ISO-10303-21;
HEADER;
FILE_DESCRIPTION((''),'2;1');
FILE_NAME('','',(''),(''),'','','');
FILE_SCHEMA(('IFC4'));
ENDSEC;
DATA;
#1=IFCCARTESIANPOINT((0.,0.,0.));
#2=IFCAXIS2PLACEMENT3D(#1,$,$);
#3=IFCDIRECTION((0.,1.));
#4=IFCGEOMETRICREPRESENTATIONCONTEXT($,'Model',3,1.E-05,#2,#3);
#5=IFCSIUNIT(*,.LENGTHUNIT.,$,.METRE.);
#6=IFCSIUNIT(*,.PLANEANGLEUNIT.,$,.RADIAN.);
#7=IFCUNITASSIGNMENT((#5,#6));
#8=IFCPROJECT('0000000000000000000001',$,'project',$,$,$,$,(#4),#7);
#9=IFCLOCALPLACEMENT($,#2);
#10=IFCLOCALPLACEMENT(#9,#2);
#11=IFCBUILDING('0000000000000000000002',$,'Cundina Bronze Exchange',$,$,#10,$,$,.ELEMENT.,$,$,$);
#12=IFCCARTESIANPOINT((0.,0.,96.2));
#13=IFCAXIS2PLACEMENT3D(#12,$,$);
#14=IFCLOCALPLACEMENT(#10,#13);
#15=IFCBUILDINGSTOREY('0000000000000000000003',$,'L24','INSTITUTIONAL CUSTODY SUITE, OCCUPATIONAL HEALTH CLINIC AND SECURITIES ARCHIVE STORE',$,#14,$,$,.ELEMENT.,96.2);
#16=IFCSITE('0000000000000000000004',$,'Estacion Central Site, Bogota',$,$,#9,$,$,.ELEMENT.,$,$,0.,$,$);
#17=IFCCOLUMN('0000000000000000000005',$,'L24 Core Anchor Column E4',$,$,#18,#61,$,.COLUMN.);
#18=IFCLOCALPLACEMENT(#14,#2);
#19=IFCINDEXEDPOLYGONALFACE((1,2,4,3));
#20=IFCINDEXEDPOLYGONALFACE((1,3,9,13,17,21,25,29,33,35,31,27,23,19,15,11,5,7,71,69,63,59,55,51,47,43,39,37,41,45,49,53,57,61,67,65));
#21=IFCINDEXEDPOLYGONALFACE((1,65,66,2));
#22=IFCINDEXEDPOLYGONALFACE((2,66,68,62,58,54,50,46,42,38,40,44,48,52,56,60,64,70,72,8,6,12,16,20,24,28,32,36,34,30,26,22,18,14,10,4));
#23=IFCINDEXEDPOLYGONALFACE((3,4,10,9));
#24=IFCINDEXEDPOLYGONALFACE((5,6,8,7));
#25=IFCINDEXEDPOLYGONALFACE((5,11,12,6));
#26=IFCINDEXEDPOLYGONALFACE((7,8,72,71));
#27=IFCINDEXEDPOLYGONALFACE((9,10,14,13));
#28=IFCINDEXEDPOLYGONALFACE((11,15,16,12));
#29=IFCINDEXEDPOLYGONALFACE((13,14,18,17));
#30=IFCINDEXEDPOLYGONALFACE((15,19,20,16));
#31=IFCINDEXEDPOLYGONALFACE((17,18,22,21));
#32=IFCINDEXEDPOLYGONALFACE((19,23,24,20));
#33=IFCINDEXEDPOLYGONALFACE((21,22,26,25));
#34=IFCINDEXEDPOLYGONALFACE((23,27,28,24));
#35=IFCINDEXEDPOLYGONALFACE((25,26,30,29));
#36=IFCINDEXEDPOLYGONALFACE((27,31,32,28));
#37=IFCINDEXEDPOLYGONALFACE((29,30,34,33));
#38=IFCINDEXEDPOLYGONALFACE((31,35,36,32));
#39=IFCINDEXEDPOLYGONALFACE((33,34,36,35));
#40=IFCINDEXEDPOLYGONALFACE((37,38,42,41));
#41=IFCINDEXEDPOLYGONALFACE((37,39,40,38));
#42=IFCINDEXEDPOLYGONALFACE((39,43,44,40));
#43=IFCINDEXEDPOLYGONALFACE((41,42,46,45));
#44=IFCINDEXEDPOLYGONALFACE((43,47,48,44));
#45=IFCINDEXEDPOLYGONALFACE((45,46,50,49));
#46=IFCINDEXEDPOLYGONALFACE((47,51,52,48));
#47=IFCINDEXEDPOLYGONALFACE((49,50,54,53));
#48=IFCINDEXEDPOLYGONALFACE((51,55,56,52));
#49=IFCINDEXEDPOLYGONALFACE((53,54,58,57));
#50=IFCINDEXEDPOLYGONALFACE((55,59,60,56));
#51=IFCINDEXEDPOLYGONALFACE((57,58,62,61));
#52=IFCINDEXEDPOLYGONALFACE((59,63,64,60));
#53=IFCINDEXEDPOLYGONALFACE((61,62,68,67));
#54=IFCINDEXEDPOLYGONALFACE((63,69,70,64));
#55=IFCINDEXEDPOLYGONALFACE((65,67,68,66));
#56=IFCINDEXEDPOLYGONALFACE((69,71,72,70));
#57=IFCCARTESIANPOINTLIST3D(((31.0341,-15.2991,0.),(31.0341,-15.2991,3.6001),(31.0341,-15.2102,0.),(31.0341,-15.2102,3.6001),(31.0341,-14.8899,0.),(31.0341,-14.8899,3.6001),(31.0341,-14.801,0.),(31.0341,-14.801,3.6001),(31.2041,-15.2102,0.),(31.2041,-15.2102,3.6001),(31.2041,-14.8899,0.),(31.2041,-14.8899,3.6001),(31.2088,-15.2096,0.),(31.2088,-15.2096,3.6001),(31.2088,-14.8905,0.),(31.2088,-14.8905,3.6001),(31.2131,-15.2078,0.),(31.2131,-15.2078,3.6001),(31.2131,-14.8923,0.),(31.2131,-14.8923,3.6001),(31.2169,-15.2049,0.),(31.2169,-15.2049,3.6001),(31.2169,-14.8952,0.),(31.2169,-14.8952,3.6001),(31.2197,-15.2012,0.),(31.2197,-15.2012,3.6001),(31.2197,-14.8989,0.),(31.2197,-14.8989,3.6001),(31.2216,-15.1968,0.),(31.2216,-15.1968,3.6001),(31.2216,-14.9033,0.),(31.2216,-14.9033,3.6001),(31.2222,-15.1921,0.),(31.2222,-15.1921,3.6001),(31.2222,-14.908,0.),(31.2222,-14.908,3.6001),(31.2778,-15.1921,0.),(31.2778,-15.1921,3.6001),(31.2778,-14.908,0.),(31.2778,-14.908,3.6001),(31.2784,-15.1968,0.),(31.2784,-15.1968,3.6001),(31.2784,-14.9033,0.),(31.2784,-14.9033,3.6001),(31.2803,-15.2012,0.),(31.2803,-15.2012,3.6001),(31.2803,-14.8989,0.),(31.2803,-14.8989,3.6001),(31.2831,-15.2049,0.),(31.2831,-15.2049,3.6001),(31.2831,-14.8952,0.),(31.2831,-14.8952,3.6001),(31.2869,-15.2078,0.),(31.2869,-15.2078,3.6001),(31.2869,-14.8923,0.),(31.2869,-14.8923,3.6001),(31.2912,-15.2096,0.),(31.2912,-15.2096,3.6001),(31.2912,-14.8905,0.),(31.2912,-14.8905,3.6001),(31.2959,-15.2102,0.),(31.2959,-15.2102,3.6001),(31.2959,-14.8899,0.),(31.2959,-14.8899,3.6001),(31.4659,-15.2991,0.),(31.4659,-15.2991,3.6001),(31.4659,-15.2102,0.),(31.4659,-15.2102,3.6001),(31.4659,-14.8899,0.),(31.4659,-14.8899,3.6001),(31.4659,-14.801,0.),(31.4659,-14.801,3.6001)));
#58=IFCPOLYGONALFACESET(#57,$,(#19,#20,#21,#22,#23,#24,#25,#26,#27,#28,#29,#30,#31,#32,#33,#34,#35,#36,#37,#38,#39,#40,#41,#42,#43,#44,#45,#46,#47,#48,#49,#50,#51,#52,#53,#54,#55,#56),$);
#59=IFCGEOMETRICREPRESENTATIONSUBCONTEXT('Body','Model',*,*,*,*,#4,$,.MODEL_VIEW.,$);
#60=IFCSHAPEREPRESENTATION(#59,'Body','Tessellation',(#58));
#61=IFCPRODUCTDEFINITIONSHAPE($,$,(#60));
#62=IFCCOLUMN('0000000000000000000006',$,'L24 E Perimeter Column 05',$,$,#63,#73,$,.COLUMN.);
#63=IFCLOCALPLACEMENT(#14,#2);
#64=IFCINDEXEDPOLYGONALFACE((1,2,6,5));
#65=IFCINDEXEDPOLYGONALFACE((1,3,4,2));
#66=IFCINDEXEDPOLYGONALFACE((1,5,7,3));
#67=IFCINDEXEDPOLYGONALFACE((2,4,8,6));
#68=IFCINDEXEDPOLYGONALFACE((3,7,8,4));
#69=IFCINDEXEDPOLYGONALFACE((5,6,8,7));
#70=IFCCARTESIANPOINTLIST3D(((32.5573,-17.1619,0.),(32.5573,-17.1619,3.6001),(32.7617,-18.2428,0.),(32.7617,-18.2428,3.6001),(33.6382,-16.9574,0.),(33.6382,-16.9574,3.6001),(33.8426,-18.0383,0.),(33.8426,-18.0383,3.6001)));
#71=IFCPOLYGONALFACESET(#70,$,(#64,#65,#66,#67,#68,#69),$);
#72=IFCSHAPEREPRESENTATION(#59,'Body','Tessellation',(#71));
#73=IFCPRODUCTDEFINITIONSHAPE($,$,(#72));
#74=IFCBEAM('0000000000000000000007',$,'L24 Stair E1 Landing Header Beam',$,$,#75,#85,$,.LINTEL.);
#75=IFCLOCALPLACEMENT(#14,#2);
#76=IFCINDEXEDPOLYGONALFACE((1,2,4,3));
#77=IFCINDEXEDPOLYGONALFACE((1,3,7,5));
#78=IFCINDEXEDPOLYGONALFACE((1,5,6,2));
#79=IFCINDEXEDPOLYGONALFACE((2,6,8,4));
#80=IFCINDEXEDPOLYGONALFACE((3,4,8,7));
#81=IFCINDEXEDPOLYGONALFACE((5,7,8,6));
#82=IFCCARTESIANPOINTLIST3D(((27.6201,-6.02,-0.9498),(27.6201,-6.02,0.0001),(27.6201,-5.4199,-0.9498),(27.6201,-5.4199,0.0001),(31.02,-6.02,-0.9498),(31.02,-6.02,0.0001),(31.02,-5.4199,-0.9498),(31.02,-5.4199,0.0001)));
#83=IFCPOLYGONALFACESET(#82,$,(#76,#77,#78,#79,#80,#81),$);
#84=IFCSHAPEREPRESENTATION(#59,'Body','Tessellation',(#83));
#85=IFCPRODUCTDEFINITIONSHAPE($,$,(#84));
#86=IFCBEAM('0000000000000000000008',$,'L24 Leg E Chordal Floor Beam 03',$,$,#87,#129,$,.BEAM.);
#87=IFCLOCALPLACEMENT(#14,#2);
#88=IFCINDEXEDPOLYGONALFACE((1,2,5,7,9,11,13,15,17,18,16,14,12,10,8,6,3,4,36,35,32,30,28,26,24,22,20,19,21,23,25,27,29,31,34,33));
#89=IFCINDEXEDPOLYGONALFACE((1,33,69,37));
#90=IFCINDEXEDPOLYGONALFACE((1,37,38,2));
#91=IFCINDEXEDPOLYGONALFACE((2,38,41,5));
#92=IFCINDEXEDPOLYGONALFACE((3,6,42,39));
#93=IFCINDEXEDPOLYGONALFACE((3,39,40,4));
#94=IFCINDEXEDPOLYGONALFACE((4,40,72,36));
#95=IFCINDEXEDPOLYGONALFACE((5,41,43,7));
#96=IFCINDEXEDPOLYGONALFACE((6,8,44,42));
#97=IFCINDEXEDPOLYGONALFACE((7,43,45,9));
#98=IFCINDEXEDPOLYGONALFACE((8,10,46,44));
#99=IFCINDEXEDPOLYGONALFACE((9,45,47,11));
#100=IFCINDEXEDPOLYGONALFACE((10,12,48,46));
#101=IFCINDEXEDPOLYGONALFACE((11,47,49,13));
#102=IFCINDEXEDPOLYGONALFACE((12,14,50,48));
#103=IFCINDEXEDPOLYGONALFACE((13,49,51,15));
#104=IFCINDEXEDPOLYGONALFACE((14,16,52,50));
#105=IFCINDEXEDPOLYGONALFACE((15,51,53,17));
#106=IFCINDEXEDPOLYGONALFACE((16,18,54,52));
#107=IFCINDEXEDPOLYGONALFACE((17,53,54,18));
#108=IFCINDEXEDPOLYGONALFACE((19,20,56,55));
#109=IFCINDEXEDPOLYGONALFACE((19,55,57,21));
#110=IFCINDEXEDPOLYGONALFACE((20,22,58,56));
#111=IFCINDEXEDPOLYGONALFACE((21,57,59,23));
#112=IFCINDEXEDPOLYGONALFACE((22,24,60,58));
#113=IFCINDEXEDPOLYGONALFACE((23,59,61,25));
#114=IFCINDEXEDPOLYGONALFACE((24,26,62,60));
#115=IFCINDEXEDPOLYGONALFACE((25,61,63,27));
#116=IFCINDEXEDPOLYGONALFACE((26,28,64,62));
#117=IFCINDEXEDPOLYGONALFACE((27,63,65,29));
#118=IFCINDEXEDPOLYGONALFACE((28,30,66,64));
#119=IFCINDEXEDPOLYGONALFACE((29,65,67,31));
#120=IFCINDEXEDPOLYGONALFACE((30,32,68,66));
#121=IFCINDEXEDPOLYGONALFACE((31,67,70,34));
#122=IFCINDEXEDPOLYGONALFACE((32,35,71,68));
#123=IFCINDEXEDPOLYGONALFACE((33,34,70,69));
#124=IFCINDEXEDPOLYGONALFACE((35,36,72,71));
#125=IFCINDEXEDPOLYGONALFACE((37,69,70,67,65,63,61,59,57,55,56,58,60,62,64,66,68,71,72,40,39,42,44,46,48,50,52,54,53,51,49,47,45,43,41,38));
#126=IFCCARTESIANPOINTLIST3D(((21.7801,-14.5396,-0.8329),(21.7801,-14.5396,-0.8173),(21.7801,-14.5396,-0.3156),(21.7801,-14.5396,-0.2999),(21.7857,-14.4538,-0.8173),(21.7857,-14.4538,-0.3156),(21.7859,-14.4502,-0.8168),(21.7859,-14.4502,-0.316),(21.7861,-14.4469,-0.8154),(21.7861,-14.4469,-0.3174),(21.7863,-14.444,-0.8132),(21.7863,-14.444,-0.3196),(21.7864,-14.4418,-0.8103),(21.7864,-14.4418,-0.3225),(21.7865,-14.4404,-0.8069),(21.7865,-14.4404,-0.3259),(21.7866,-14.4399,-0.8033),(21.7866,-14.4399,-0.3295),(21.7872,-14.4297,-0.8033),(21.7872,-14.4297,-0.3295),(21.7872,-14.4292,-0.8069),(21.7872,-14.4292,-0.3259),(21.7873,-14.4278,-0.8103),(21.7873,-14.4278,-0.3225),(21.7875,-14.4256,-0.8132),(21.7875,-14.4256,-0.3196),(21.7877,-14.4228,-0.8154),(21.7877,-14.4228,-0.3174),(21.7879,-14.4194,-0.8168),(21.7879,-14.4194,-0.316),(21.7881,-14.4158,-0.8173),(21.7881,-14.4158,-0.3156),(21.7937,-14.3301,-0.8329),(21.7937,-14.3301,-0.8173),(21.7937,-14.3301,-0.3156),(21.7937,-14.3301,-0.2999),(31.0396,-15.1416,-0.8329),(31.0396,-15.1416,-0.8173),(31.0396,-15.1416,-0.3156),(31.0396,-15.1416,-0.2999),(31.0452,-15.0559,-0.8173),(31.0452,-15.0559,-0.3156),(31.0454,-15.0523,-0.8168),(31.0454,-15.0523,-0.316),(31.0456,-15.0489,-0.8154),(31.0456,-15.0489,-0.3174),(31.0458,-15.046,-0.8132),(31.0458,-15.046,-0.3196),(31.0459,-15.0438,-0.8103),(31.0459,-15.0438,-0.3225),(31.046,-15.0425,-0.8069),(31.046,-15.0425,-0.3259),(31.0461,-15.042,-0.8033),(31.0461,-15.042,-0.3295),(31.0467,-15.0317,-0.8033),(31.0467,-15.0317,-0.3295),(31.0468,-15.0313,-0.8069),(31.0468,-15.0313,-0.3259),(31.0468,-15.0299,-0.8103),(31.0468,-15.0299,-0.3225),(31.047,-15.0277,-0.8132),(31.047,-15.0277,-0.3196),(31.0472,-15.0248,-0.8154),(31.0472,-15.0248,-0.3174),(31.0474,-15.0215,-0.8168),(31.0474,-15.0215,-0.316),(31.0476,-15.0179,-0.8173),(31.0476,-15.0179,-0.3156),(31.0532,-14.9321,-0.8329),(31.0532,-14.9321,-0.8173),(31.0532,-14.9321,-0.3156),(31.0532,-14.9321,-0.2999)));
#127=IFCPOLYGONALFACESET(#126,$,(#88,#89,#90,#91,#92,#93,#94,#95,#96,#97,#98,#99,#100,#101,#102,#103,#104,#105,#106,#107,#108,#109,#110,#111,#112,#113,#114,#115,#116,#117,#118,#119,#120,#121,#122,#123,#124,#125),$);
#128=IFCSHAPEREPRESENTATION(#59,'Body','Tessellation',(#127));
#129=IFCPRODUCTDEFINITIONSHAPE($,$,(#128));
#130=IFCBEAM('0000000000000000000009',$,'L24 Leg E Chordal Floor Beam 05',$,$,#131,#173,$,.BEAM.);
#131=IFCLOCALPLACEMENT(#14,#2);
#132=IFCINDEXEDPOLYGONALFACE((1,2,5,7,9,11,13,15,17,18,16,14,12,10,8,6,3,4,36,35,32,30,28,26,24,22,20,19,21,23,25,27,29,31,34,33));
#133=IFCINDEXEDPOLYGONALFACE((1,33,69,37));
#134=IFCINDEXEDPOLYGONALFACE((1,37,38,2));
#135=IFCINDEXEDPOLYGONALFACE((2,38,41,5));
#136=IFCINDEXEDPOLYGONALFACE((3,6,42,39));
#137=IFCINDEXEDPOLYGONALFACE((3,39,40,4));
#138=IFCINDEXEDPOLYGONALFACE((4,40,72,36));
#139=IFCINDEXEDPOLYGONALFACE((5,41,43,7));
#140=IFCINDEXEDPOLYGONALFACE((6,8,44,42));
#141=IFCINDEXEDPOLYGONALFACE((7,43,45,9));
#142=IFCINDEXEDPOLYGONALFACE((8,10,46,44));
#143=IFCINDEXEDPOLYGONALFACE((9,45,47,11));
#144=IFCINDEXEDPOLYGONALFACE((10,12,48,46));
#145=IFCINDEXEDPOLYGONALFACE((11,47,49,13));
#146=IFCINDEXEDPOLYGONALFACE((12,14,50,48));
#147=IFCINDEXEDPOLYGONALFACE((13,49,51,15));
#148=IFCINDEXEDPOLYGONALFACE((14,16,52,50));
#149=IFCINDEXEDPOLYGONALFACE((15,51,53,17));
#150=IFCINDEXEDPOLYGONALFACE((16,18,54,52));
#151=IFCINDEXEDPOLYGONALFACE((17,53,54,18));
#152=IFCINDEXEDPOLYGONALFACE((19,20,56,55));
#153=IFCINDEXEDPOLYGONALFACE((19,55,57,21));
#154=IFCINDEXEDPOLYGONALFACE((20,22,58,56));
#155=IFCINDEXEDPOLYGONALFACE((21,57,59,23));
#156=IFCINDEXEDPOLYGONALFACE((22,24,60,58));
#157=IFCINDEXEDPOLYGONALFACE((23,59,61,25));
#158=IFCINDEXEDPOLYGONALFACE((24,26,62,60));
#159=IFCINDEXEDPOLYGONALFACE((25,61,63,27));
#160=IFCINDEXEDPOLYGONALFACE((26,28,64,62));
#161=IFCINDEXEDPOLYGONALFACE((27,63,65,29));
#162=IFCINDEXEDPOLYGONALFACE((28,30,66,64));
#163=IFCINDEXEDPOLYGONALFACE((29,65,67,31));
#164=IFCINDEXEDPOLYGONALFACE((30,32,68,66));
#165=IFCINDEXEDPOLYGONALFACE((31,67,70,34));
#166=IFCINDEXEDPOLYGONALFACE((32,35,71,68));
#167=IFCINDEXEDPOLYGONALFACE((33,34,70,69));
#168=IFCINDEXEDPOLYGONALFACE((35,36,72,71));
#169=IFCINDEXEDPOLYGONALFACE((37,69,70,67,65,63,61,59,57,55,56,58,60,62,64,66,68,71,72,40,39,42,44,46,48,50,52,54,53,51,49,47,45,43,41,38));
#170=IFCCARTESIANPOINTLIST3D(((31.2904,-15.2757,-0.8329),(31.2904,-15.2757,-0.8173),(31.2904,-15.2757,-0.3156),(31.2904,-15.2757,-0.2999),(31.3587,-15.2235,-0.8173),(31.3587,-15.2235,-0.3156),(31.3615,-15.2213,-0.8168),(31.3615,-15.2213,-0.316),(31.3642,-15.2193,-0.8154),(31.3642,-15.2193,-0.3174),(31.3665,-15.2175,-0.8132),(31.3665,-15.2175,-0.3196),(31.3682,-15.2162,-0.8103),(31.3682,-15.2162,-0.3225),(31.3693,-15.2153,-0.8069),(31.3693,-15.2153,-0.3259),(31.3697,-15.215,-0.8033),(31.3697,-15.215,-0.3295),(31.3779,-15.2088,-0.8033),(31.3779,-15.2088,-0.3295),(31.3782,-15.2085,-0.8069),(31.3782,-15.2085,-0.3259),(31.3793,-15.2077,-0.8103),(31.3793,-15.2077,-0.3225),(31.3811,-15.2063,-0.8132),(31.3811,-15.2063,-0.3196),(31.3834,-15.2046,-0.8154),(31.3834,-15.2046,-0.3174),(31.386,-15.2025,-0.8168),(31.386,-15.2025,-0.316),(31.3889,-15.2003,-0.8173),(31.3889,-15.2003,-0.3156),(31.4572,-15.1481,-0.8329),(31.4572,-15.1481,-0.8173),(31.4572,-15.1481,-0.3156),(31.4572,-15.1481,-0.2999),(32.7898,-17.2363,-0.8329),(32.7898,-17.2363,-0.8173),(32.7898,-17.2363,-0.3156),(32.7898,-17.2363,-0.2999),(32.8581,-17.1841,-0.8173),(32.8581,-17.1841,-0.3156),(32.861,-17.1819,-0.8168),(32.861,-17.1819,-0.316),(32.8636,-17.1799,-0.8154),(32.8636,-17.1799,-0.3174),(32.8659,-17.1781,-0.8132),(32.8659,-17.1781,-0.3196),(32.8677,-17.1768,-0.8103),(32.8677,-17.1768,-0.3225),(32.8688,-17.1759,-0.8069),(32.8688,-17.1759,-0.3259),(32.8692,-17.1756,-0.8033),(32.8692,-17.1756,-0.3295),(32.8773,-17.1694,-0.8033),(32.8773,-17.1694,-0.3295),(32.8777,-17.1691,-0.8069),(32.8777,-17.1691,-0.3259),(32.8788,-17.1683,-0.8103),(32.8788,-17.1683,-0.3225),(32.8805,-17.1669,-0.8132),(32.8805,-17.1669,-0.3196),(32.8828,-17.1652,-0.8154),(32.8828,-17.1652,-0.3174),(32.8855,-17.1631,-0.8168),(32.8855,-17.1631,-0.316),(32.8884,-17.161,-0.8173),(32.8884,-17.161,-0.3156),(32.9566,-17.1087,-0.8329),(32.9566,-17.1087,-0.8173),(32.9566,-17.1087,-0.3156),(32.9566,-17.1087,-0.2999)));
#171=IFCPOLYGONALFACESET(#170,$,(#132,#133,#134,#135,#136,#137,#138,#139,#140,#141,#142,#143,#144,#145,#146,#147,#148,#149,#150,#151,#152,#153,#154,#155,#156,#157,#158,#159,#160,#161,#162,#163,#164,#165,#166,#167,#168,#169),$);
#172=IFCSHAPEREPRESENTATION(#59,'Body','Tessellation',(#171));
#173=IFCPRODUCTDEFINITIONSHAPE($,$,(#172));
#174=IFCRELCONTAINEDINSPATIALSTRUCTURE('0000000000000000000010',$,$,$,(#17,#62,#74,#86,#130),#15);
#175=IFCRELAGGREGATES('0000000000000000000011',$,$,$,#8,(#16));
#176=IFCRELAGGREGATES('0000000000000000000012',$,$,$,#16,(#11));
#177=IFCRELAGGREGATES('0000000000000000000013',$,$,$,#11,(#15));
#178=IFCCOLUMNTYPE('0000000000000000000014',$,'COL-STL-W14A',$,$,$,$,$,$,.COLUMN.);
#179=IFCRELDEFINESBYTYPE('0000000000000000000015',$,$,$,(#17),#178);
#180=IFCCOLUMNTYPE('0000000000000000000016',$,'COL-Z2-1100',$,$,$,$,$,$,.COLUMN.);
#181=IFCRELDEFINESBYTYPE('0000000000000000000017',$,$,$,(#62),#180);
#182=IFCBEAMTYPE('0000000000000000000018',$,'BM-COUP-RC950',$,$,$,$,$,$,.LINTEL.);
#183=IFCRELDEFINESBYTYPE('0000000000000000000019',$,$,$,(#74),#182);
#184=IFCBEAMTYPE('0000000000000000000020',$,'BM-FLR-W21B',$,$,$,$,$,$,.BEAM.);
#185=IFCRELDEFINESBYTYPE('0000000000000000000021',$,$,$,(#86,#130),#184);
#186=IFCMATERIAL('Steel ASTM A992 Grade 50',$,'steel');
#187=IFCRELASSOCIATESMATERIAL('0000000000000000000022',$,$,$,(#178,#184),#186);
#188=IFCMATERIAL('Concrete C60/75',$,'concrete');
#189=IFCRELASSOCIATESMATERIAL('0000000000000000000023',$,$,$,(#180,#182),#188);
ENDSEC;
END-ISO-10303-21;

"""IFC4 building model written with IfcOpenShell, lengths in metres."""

from ifc_helpers import new_model, si_unit, direction, frame, origin, origin_2d, place, context, subcontext, project, spatial, rectangle, i_section, extrude, material, material_profile, profile_set, type_object, element, save


model = new_model("IFC4")

# Units and contexts
model_context = context("Model", 3, precision=1e-05, world=origin(), true_north=direction((0.0, 1.0)))
body_context = subcontext(model_context, "Body", "Model", "MODEL_VIEW")
ifc_project = project(units=[si_unit("LENGTHUNIT", "METRE"), si_unit("PLANEANGLEUNIT", "RADIAN")], contexts=[model_context])

# Site, building, storey
site_placement = place(None, origin())
site = spatial("IfcSite", under=ifc_project, at=site_placement, Name="Estacion Central Site, Bogota", CompositionType="ELEMENT", RefElevation=0.0)
building_placement = place(site_placement, origin())
building = spatial("IfcBuilding", under=site, at=building_placement, Name="Cundina Bronze Exchange", CompositionType="ELEMENT")
storey_placement = place(building_placement, frame((0.0, 0.0, 96.2)))
storey = spatial("IfcBuildingStorey", under=building, at=storey_placement, Name="L24", Description="INSTITUTIONAL CUSTODY SUITE, OCCUPATIONAL HEALTH CLINIC AND SECURITIES ARCHIVE STORE", CompositionType="ELEMENT", Elevation=96.2)

# Columns
ifc_material_1 = material(Name="Steel ASTM A992 Grade 50", Category="steel")
ifc_material_profile_1 = material_profile(ifc_material_1, i_section(OverallWidth=0.4319, OverallDepth=0.498, WebThickness=0.0557, FlangeThickness=0.0889, FilletRadius=0.0181, at=origin_2d()), Name="W14X500", Category="steel")
ifc_profile_set_1 = profile_set([ifc_material_profile_1], Name="Steel ASTM A992 Grade 50")
column_type_1 = type_object("IfcColumnType", Name="COL-STL-W14A", PredefinedType="COLUMN", material=ifc_profile_set_1)
column_1_placement = place(storey_placement, frame((31.25, -15.05, 0.0), z_axis=(0.0, 0.0, 1.0), x_axis=(1.0, 0.0, 0.0)))
element("IfcColumn", 1, at=column_1_placement, inside=storey, type_object=column_type_1, Name="L24 Core Anchor Column E4", PredefinedType="COLUMN", context=body_context, shape_type="SweptSolid", body=[
    extrude(i_section(OverallWidth=0.4319, OverallDepth=0.498, WebThickness=0.0557, FlangeThickness=0.0889, FilletRadius=0.0181, at=origin_2d()), origin(), (0.0, 0.0, 1.0), 3.6001),
])
ifc_material_2 = material(Name="Concrete C60/75", Category="concrete")
ifc_material_profile_2 = material_profile(ifc_material_2, rectangle(XDim=1.1001, YDim=1.1001, at=origin_2d()), Name="RC1100X1100", Category="concrete")
ifc_profile_set_2 = profile_set([ifc_material_profile_2], Name="Concrete C60/75")
column_type_2 = type_object("IfcColumnType", Name="COL-Z2-1100", PredefinedType="COLUMN", material=ifc_profile_set_2)
column_2_placement = place(storey_placement, frame((33.2, -17.6001, 0.0), z_axis=(0.0, 0.0, 1.0), x_axis=(0.98258, 0.185838, 0.0)))
element("IfcColumn", 2, at=column_2_placement, inside=storey, type_object=column_type_2, Name="L24 E Perimeter Column 05", PredefinedType="COLUMN", context=body_context, shape_type="SweptSolid", body=[
    extrude(rectangle(XDim=1.1001, YDim=1.1001, at=origin_2d()), origin(), (0.0, 0.0, 1.0), 3.6001),
])

# Beams
ifc_material_profile_3 = material_profile(ifc_material_2, rectangle(XDim=0.6001, YDim=0.95, at=origin_2d()), Name="RC600X950", Category="concrete")
ifc_profile_set_3 = profile_set([ifc_material_profile_3], Name="Concrete C60/75")
beam_type_1 = type_object("IfcBeamType", Name="BM-COUP-RC950", PredefinedType="LINTEL", material=ifc_profile_set_3)
beam_1_placement = place(storey_placement, frame((27.6201, -5.72, -0.4749), z_axis=(1.0, 0.0, 0.0), x_axis=(0.0, 1.0, 0.0)))
element("IfcBeam", 3, at=beam_1_placement, inside=storey, type_object=beam_type_1, Name="L24 Stair E1 Landing Header Beam", PredefinedType="LINTEL", context=body_context, shape_type="SweptSolid", body=[
    extrude(rectangle(XDim=0.6001, YDim=0.95, at=origin_2d()), origin(), (0.0, 0.0, 1.0), 3.3999),
])
ifc_material_profile_4 = material_profile(ifc_material_1, i_section(OverallWidth=0.21, OverallDepth=0.533, WebThickness=0.0103, FlangeThickness=0.0156, FilletRadius=0.0139, at=origin_2d()), Name="W21X62", Category="steel")
ifc_profile_set_4 = profile_set([ifc_material_profile_4], Name="Steel ASTM A992 Grade 50")
beam_type_2 = type_object("IfcBeamType", Name="BM-FLR-W21B", PredefinedType="BEAM", material=ifc_profile_set_4)
beam_2_placement = place(storey_placement, frame((31.0464, -15.0369, -0.5664), z_axis=(-0.997893, 0.064883, 0.0), x_axis=(-0.064883, -0.997893, 0.0)))
element("IfcBeam", 4, at=beam_2_placement, inside=storey, type_object=beam_type_2, Name="L24 Leg E Chordal Floor Beam 03", PredefinedType="BEAM", context=body_context, shape_type="SweptSolid", body=[
    extrude(i_section(OverallWidth=0.21, OverallDepth=0.533, WebThickness=0.0103, FlangeThickness=0.0156, FilletRadius=0.0139, at=origin_2d()), origin(), (0.0, 0.0, 1.0), 9.2791),
])
beam_3_placement = place(storey_placement, frame((31.3738, -15.2119, -0.5664), z_axis=(0.60749, -0.794327, 0.0), x_axis=(0.794327, 0.60749, 0.0)))
element("IfcBeam", 5, at=beam_3_placement, inside=storey, type_object=beam_type_2, Name="L24 Leg E Chordal Floor Beam 05", PredefinedType="BEAM", context=body_context, shape_type="SweptSolid", body=[
    extrude(i_section(OverallWidth=0.21, OverallDepth=0.533, WebThickness=0.0103, FlangeThickness=0.0156, FilletRadius=0.0139, at=origin_2d()), origin(), (0.0, 0.0, 1.0), 2.4683),
])

save(model, "model.ifc")
